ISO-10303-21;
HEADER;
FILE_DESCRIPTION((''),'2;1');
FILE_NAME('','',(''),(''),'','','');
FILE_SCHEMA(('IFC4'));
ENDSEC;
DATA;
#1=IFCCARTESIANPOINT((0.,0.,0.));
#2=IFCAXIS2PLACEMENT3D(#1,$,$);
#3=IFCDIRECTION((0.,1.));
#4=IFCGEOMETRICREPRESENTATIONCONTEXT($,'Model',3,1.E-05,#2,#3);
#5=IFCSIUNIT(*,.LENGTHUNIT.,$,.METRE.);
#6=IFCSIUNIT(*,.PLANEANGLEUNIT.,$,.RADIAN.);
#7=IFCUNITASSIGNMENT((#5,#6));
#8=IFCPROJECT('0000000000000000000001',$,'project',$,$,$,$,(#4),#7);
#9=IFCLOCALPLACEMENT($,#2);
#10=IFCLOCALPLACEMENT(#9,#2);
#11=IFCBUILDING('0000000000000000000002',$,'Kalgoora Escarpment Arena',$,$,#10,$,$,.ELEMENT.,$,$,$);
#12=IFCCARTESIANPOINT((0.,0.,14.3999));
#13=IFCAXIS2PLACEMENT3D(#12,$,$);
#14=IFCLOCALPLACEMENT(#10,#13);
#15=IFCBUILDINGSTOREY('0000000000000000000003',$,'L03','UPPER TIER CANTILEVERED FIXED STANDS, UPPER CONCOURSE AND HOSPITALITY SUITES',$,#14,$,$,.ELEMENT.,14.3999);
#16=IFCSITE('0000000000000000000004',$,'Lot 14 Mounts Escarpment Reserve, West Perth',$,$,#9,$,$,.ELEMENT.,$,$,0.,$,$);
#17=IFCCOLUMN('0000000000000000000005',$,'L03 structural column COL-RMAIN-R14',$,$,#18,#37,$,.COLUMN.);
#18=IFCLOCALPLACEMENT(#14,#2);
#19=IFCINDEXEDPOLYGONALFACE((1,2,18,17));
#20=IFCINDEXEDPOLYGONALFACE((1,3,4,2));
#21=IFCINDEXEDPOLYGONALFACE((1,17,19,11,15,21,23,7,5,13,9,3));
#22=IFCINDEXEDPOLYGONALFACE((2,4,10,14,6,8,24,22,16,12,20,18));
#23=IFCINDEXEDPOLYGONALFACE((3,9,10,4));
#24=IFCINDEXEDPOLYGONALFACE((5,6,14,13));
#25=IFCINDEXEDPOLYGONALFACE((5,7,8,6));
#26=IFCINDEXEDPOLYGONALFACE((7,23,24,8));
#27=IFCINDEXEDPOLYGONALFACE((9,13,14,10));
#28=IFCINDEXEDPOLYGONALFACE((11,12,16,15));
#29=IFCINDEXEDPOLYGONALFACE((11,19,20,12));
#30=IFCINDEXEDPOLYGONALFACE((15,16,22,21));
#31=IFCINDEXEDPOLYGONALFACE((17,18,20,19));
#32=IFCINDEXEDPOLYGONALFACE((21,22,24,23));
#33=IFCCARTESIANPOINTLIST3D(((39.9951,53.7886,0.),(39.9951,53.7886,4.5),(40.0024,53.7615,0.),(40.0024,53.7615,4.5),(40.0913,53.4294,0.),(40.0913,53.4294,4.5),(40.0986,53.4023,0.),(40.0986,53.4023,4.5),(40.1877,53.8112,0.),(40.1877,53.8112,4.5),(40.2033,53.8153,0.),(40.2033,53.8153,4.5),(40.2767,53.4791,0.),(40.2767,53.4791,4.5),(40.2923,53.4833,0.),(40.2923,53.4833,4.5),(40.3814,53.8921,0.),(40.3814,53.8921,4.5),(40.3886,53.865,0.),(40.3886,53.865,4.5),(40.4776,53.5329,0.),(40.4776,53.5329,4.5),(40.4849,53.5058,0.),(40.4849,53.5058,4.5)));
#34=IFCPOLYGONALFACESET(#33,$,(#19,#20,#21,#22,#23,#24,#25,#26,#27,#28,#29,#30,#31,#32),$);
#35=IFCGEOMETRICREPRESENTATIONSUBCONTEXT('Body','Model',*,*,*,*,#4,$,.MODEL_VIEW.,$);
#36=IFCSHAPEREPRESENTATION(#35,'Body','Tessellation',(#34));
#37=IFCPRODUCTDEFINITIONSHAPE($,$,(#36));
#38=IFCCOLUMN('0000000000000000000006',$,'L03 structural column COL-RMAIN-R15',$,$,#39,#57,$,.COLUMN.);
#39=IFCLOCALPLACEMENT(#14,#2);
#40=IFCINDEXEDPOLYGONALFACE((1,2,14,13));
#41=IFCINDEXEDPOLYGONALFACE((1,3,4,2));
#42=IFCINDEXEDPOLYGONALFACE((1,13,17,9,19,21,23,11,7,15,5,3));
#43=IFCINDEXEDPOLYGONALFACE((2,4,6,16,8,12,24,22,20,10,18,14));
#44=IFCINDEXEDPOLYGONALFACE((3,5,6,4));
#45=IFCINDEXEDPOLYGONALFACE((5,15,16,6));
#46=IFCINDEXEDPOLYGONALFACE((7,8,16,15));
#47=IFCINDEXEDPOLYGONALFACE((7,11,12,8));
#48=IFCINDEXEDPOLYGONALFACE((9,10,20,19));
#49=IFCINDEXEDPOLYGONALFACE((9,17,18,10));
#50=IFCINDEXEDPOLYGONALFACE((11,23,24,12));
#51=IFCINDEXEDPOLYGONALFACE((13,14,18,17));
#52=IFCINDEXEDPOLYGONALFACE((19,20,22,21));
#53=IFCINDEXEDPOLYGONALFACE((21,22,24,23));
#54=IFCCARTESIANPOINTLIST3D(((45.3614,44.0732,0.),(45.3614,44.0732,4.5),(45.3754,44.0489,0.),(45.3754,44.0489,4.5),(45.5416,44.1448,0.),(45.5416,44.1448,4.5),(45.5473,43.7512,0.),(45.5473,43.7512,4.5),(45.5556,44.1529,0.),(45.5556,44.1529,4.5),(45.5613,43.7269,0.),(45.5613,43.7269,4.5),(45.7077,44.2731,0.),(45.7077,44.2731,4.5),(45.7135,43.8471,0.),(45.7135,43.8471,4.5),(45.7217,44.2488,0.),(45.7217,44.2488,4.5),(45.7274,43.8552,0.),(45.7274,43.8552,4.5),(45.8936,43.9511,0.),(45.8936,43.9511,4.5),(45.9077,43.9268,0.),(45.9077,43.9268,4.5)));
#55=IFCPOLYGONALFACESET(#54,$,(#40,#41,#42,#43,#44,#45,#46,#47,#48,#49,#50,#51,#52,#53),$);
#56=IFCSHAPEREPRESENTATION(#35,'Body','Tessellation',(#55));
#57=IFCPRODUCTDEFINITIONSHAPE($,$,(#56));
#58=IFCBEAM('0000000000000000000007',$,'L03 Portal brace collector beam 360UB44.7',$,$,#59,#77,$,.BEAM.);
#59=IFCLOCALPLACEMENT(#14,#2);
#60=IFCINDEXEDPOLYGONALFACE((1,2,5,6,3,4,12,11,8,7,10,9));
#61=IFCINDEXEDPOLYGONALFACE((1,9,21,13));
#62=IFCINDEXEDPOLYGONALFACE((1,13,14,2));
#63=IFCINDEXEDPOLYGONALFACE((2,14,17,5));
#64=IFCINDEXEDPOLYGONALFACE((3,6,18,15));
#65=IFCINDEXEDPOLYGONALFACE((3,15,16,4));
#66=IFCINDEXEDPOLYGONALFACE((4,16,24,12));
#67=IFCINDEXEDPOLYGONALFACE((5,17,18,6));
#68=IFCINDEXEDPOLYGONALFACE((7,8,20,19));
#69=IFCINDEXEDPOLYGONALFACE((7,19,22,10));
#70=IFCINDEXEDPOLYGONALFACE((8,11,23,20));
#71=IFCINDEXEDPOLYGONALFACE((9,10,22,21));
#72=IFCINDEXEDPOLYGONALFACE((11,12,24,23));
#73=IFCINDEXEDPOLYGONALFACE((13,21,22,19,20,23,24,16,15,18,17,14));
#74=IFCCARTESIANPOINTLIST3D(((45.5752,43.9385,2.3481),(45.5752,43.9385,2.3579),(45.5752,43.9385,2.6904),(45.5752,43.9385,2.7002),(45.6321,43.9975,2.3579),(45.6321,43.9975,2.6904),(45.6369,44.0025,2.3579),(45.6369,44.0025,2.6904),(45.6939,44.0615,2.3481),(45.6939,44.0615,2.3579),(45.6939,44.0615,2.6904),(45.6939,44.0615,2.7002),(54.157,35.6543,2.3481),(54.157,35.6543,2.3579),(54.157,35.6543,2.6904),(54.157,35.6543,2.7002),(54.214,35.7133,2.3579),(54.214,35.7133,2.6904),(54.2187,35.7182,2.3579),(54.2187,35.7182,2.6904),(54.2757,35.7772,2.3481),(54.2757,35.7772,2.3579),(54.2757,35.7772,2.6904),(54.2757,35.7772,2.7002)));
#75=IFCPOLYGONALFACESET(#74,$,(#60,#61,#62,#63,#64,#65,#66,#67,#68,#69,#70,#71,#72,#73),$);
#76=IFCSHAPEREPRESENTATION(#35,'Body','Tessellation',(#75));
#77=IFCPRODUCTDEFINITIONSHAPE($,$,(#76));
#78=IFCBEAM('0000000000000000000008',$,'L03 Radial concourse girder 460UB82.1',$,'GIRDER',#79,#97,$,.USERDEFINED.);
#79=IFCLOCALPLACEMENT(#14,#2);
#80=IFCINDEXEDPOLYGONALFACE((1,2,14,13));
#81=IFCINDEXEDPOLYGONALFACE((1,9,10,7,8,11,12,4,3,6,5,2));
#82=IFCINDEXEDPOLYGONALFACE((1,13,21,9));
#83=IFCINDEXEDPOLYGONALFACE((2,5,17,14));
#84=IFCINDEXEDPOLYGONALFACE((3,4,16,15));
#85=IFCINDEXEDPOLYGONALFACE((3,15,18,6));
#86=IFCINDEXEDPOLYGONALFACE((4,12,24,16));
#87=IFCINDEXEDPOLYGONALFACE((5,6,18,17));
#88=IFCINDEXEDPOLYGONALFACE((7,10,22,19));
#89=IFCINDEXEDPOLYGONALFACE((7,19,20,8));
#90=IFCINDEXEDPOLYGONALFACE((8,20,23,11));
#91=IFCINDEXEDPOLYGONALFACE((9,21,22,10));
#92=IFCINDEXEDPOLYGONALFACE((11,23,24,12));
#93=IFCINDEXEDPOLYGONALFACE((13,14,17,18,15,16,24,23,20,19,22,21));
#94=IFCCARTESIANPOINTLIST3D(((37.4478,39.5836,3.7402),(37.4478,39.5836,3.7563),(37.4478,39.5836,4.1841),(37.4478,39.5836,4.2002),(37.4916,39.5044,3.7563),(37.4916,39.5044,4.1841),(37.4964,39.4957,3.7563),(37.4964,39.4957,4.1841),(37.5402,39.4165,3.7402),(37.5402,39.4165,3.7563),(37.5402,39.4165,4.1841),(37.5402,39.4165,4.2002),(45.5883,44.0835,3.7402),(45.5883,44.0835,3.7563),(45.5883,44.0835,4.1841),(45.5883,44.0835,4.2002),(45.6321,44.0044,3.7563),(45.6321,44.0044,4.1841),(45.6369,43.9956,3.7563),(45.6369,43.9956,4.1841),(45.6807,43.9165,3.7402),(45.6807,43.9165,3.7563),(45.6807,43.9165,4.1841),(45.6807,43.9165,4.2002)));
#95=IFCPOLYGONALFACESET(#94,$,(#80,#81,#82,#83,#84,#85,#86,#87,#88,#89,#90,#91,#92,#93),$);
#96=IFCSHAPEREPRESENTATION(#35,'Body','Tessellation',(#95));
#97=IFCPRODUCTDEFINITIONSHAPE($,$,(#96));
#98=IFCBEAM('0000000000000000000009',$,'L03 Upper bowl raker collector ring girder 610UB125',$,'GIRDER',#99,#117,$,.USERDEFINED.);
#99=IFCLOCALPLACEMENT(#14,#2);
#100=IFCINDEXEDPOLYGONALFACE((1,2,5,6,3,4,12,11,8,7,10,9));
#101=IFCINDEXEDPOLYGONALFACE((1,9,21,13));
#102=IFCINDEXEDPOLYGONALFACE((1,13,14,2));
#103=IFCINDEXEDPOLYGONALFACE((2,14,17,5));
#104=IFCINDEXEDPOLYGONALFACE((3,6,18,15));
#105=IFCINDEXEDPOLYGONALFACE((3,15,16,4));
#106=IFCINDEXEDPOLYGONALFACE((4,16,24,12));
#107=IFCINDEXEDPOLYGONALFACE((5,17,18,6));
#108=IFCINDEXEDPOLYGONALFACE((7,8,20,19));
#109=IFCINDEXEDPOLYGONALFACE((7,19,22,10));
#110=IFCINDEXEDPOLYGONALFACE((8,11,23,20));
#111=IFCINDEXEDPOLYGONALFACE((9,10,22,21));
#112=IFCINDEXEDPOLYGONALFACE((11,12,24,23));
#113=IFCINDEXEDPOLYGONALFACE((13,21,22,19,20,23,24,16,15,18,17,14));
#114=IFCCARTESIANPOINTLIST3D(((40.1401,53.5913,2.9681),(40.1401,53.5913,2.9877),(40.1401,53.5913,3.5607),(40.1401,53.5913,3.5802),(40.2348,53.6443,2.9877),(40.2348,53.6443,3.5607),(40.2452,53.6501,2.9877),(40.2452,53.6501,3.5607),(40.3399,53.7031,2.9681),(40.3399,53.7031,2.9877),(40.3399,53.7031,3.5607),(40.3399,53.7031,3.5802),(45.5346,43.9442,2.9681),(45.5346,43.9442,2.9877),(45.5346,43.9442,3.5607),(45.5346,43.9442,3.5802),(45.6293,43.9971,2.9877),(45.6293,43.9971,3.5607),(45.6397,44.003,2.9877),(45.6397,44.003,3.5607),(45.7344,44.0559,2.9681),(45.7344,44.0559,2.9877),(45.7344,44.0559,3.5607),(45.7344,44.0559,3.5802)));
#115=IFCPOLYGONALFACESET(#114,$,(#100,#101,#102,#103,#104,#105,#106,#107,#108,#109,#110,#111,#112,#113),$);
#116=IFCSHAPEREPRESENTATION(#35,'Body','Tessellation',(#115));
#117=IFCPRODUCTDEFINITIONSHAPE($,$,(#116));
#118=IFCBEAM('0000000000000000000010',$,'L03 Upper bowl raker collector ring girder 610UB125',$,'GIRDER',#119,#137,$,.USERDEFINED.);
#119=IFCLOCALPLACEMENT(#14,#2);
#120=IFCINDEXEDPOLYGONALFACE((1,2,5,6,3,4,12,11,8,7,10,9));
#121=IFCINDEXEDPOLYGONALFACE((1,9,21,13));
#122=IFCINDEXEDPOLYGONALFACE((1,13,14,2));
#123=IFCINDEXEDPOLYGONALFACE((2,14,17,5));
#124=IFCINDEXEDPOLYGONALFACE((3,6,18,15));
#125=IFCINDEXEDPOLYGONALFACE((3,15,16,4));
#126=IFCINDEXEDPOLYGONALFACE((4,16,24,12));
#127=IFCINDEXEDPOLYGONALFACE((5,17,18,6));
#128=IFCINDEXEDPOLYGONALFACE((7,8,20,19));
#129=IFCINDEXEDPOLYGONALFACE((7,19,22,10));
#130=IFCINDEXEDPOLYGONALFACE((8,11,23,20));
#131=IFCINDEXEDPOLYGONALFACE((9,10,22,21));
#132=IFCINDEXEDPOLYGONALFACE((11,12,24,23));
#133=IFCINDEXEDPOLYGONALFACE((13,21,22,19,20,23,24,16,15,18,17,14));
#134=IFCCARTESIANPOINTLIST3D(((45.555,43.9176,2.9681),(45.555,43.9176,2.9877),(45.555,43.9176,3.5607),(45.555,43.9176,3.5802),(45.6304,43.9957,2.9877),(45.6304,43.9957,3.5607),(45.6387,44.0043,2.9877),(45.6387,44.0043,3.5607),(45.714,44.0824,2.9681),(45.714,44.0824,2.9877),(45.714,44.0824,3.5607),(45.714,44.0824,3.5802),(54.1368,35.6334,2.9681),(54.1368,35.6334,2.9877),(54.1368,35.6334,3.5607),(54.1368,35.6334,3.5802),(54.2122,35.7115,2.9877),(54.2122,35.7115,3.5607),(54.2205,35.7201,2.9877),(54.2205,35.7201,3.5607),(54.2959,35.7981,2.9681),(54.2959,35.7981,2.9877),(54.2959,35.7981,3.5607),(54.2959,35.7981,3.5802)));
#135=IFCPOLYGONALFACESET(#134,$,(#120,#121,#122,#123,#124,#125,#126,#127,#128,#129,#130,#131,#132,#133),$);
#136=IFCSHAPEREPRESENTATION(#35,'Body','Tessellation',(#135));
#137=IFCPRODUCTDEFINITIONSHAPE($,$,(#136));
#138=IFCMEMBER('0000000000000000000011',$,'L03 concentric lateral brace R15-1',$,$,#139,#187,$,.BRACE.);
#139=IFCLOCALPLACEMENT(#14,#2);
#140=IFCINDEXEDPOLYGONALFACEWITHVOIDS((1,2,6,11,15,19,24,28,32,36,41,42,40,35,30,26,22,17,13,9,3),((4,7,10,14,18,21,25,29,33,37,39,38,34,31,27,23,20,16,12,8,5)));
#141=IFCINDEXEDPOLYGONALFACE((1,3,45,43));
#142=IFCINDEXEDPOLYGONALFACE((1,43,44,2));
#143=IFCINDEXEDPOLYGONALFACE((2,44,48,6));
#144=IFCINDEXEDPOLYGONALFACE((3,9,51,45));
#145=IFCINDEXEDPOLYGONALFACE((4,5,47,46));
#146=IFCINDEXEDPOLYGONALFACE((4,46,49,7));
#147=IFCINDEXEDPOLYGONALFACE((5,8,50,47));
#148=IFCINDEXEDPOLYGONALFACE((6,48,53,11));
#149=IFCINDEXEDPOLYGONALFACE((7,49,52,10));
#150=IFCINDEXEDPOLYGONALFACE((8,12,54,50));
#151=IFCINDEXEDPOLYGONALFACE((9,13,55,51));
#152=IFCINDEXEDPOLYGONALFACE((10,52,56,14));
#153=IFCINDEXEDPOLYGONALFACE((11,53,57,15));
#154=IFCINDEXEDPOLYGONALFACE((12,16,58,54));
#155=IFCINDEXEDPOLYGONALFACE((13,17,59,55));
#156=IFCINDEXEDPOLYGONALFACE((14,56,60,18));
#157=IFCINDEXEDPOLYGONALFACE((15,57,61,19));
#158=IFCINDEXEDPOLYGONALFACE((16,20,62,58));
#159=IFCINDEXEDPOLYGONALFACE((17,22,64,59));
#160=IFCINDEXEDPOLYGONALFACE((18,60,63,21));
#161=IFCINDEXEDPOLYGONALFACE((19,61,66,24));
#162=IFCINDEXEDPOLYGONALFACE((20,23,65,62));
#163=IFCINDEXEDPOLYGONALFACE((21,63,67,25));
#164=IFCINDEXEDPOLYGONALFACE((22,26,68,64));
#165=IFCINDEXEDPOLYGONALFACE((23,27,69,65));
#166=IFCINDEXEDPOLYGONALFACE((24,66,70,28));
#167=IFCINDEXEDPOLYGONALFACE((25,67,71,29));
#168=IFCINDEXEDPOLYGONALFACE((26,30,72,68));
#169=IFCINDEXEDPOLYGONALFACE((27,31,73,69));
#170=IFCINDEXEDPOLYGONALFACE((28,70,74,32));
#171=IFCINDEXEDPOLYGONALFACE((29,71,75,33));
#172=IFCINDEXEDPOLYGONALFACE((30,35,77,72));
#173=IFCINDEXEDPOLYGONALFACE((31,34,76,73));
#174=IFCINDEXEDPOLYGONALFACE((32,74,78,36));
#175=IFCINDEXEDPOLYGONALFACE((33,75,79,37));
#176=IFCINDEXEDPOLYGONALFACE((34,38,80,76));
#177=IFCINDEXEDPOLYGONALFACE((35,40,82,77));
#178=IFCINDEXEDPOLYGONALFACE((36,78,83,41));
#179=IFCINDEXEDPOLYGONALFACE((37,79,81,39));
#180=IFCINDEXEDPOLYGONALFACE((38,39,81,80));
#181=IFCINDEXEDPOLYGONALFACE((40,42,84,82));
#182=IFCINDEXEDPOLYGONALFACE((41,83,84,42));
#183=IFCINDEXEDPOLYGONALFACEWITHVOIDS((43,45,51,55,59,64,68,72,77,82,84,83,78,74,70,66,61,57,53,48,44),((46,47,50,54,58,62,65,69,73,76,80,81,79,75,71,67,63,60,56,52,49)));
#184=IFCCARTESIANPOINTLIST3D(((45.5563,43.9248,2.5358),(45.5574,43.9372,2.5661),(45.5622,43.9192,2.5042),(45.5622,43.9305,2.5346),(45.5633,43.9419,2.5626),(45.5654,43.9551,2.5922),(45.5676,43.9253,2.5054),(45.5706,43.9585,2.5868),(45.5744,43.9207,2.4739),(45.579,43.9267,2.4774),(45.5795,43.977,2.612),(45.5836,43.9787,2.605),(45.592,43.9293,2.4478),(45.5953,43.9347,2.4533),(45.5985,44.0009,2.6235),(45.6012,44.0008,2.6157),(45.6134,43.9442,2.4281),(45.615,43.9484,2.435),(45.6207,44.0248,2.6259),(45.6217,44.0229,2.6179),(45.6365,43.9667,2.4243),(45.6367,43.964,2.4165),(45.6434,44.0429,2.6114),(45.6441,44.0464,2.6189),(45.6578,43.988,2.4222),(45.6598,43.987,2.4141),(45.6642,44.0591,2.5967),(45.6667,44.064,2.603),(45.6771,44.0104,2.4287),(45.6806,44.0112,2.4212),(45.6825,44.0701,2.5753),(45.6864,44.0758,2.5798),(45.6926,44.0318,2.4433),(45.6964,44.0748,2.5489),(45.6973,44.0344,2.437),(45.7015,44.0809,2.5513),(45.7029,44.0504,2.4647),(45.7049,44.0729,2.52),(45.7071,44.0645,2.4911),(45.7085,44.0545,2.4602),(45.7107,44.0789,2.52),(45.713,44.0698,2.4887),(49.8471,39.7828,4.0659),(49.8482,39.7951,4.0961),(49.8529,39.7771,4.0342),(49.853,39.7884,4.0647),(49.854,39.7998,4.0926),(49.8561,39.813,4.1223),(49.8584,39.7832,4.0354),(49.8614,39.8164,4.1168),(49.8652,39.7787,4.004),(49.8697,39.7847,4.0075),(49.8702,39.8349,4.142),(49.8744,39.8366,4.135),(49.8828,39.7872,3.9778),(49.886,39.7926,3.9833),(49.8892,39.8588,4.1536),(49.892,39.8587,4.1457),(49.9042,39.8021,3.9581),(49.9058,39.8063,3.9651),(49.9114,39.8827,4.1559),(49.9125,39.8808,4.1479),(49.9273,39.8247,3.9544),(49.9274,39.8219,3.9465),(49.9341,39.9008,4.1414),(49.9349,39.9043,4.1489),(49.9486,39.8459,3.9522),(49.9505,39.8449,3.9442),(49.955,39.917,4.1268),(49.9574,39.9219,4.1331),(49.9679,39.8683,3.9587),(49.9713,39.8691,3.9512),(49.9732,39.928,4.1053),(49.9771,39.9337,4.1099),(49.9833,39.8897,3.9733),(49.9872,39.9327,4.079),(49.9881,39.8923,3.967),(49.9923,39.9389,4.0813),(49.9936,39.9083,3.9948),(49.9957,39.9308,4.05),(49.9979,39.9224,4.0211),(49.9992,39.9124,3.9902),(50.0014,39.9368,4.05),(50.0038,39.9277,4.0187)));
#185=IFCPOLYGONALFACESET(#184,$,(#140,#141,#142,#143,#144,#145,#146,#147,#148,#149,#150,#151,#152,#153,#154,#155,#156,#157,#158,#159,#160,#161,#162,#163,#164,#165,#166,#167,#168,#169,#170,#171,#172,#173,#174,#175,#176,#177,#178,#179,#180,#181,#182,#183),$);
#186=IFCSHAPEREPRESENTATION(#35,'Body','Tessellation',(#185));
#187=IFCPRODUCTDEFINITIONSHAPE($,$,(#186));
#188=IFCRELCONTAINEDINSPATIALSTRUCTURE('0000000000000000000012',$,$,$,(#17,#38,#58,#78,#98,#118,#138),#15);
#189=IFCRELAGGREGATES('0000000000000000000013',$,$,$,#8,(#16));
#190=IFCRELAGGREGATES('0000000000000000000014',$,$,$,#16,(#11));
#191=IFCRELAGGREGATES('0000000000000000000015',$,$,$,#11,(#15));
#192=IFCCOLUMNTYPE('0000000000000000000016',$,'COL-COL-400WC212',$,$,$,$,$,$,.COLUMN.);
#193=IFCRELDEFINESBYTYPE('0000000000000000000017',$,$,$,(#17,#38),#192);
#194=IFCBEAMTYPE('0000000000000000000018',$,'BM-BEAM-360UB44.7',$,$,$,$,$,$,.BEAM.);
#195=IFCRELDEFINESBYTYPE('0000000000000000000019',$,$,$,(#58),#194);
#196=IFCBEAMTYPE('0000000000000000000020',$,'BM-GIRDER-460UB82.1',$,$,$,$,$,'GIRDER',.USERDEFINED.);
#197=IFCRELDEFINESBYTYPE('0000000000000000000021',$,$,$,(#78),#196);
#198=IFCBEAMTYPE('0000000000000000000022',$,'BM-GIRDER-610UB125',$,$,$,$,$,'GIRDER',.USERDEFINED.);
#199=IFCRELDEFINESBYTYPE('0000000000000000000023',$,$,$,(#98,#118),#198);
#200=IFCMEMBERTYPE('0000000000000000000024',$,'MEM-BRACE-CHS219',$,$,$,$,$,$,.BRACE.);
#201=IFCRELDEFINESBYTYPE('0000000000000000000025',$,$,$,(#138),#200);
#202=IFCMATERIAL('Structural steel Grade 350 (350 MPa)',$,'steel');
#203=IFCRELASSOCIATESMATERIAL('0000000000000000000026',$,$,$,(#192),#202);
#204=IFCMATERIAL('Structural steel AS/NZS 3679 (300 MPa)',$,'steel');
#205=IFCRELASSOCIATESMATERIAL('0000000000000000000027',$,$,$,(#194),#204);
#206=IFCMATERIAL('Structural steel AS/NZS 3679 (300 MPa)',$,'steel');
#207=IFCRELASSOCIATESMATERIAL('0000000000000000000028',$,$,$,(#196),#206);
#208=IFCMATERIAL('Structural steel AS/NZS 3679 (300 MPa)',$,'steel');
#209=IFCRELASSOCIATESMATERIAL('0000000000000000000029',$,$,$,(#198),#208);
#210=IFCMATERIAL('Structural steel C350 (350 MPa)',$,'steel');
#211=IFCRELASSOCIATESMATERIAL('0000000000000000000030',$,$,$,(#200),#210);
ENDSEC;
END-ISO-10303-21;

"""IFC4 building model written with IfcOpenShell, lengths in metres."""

from ifc_helpers import new_model, si_unit, direction, frame, origin, origin_2d, place, context, subcontext, project, spatial, hollow_circle, i_section, extrude, material, material_profile, profile_set, type_object, element, save


model = new_model("IFC4")

# Units and contexts
model_context = context("Model", 3, precision=1e-05, world=origin(), true_north=direction((0.0, 1.0)))
body_context = subcontext(model_context, "Body", "Model", "MODEL_VIEW")
ifc_project = project(units=[si_unit("LENGTHUNIT", "METRE"), si_unit("PLANEANGLEUNIT", "RADIAN")], contexts=[model_context])

# Site, building, storey
site_placement = place(None, origin())
site = spatial("IfcSite", under=ifc_project, at=site_placement, Name="Lot 14 Mounts Escarpment Reserve, West Perth", CompositionType="ELEMENT", RefElevation=0.0)
building_placement = place(site_placement, origin())
building = spatial("IfcBuilding", under=site, at=building_placement, Name="Kalgoora Escarpment Arena", CompositionType="ELEMENT")
storey_placement = place(building_placement, frame((0.0, 0.0, 14.3999)))
storey = spatial("IfcBuildingStorey", under=building, at=storey_placement, Name="L03", Description="UPPER TIER CANTILEVERED FIXED STANDS, UPPER CONCOURSE AND HOSPITALITY SUITES", CompositionType="ELEMENT", Elevation=14.3999)

# Columns
ifc_material_1 = material(Name="Structural steel Grade 350 (350 MPa)", Category="steel")
ifc_material_profile_1 = material_profile(ifc_material_1, i_section(OverallWidth=0.3999, OverallDepth=0.3999, WebThickness=0.0161, FlangeThickness=0.0281, at=origin_2d()))
ifc_profile_set_1 = profile_set([ifc_material_profile_1], Name="Structural steel Grade 350 (350 MPa)")
column_type = type_object("IfcColumnType", Name="COL-COL-400WC212", PredefinedType="COLUMN", material=ifc_profile_set_1)
for number, where, z_axis, x_axis, name in (
    (1, (40.24, 53.6472, 0.0), (0.0, 0.0, 1.0), (-0.965926, -0.258819, 0.0), "L03 structural column COL-RMAIN-R14"),
    (2, (45.6345, 44.0, 0.0), (0.0, 0.0, 1.0), (-0.866025, -0.5, 0.0), "L03 structural column COL-RMAIN-R15"),
):
    element("IfcColumn", number, at=place(storey_placement, frame(where, z_axis=z_axis, x_axis=x_axis)), inside=storey, type_object=column_type, Name=name, PredefinedType="COLUMN", context=body_context, shape_type="SweptSolid", body=[
        extrude(i_section(OverallWidth=0.3999, OverallDepth=0.3999, WebThickness=0.0161, FlangeThickness=0.0281, at=origin_2d()), origin(), (0.0, 0.0, 1.0), 4.5),
    ])

# Beams
ifc_material_2 = material(Name="Structural steel AS/NZS 3679 (300 MPa)", Category="steel")
ifc_material_profile_2 = material_profile(ifc_material_2, i_section(OverallWidth=0.1709, OverallDepth=0.3521, WebThickness=0.0068, FlangeThickness=0.0098, at=origin_2d()))
ifc_profile_set_2 = profile_set([ifc_material_profile_2], Name="Structural steel AS/NZS 3679 (300 MPa)")
beam_type_1 = type_object("IfcBeamType", Name="BM-BEAM-360UB44.7", PredefinedType="BEAM", material=ifc_profile_set_2)
beam_1_placement = place(storey_placement, frame((45.6345, 44.0, 2.5242), z_axis=(0.719472, -0.694521, 0.0), x_axis=(0.694521, 0.719472, 0.0)))
element("IfcBeam", 3, at=beam_1_placement, inside=storey, type_object=beam_type_1, Name="L03 Portal brace collector beam 360UB44.7", PredefinedType="BEAM", context=body_context, shape_type="SweptSolid", body=[
    extrude(i_section(OverallWidth=0.1709, OverallDepth=0.3521, WebThickness=0.0068, FlangeThickness=0.0098, at=origin_2d()), origin(), (0.0, 0.0, 1.0), 11.928),
])
ifc_material_3 = material(Name="Structural steel AS/NZS 3679 (300 MPa)", Category="steel")
ifc_material_profile_3 = material_profile(ifc_material_3, i_section(OverallWidth=0.1909, OverallDepth=0.46, WebThickness=0.01, FlangeThickness=0.0161, at=origin_2d()))
ifc_profile_set_3 = profile_set([ifc_material_profile_3], Name="Structural steel AS/NZS 3679 (300 MPa)")
beam_type_2 = type_object("IfcBeamType", Name="BM-GIRDER-460UB82.1", ElementType="GIRDER", PredefinedType="USERDEFINED", material=ifc_profile_set_3)
beam_2_placement = place(storey_placement, frame((45.6345, 44.0, 3.9702), z_axis=(-0.875185, -0.483788, 0.0), x_axis=(0.483788, -0.875185, 0.0)))
element("IfcBeam", 4, at=beam_2_placement, inside=storey, type_object=beam_type_2, Name="L03 Radial concourse girder 460UB82.1", ObjectType="GIRDER", PredefinedType="USERDEFINED", context=body_context, shape_type="SweptSolid", body=[
    extrude(i_section(OverallWidth=0.1909, OverallDepth=0.46, WebThickness=0.01, FlangeThickness=0.0161, at=origin_2d()), origin(), (0.0, 0.0, 1.0), 9.3015),
])
ifc_material_4 = material(Name="Structural steel AS/NZS 3679 (300 MPa)", Category="steel")
ifc_material_profile_4 = material_profile(ifc_material_4, i_section(OverallWidth=0.229, OverallDepth=0.6121, WebThickness=0.012, FlangeThickness=0.0195, at=origin_2d()))
ifc_profile_set_4 = profile_set([ifc_material_profile_4], Name="Structural steel AS/NZS 3679 (300 MPa)")
beam_type_3 = type_object("IfcBeamType", Name="BM-GIRDER-610UB125", ElementType="GIRDER", PredefinedType="USERDEFINED", material=ifc_profile_set_4)
beam_3_placement = place(storey_placement, frame((40.24, 53.6472, 3.2742), z_axis=(0.488058, -0.872811, 0.0), x_axis=(0.872811, 0.488058, 0.0)))
element("IfcBeam", 5, at=beam_3_placement, inside=storey, type_object=beam_type_3, Name="L03 Upper bowl raker collector ring girder 610UB125", ObjectType="GIRDER", PredefinedType="USERDEFINED", context=body_context, shape_type="SweptSolid", body=[
    extrude(i_section(OverallWidth=0.229, OverallDepth=0.6121, WebThickness=0.012, FlangeThickness=0.0195, at=origin_2d()), origin(), (0.0, 0.0, 1.0), 11.053),
])
beam_4_placement = place(storey_placement, frame((45.6345, 44.0, 3.2742), z_axis=(0.719472, -0.694521, 0.0), x_axis=(0.694521, 0.719472, 0.0)))
element("IfcBeam", 6, at=beam_4_placement, inside=storey, type_object=beam_type_3, Name="L03 Upper bowl raker collector ring girder 610UB125", ObjectType="GIRDER", PredefinedType="USERDEFINED", context=body_context, shape_type="SweptSolid", body=[
    extrude(i_section(OverallWidth=0.229, OverallDepth=0.6121, WebThickness=0.012, FlangeThickness=0.0195, at=origin_2d()), origin(), (0.0, 0.0, 1.0), 11.928),
])

# Member
ifc_material_5 = material(Name="Structural steel C350 (350 MPa)", Category="steel")
ifc_material_profile_5 = material_profile(ifc_material_5, hollow_circle(Radius=0.1096, WallThickness=0.0083, at=origin_2d()))
ifc_profile_set_5 = profile_set([ifc_material_profile_5], Name="Structural steel C350 (350 MPa)")
member_type_1 = type_object("IfcMemberType", Name="MEM-BRACE-CHS219", PredefinedType="BRACE", material=ifc_profile_set_5)
member_1_placement = place(storey_placement, frame((45.6345, 44.0, 2.52), z_axis=(0.696893, -0.672745, 0.248503), x_axis=(0.694532, 0.719462, 0.0)))
element("IfcMember", 7, at=member_1_placement, inside=storey, type_object=member_type_1, Name="L03 concentric lateral brace R15-1", PredefinedType="BRACE", context=body_context, shape_type="SweptSolid", body=[
    extrude(hollow_circle(Radius=0.1096, WallThickness=0.0083, at=origin_2d()), origin(), (0.0, 0.0, 1.0), 6.157),
])

save(model, "model.ifc")
